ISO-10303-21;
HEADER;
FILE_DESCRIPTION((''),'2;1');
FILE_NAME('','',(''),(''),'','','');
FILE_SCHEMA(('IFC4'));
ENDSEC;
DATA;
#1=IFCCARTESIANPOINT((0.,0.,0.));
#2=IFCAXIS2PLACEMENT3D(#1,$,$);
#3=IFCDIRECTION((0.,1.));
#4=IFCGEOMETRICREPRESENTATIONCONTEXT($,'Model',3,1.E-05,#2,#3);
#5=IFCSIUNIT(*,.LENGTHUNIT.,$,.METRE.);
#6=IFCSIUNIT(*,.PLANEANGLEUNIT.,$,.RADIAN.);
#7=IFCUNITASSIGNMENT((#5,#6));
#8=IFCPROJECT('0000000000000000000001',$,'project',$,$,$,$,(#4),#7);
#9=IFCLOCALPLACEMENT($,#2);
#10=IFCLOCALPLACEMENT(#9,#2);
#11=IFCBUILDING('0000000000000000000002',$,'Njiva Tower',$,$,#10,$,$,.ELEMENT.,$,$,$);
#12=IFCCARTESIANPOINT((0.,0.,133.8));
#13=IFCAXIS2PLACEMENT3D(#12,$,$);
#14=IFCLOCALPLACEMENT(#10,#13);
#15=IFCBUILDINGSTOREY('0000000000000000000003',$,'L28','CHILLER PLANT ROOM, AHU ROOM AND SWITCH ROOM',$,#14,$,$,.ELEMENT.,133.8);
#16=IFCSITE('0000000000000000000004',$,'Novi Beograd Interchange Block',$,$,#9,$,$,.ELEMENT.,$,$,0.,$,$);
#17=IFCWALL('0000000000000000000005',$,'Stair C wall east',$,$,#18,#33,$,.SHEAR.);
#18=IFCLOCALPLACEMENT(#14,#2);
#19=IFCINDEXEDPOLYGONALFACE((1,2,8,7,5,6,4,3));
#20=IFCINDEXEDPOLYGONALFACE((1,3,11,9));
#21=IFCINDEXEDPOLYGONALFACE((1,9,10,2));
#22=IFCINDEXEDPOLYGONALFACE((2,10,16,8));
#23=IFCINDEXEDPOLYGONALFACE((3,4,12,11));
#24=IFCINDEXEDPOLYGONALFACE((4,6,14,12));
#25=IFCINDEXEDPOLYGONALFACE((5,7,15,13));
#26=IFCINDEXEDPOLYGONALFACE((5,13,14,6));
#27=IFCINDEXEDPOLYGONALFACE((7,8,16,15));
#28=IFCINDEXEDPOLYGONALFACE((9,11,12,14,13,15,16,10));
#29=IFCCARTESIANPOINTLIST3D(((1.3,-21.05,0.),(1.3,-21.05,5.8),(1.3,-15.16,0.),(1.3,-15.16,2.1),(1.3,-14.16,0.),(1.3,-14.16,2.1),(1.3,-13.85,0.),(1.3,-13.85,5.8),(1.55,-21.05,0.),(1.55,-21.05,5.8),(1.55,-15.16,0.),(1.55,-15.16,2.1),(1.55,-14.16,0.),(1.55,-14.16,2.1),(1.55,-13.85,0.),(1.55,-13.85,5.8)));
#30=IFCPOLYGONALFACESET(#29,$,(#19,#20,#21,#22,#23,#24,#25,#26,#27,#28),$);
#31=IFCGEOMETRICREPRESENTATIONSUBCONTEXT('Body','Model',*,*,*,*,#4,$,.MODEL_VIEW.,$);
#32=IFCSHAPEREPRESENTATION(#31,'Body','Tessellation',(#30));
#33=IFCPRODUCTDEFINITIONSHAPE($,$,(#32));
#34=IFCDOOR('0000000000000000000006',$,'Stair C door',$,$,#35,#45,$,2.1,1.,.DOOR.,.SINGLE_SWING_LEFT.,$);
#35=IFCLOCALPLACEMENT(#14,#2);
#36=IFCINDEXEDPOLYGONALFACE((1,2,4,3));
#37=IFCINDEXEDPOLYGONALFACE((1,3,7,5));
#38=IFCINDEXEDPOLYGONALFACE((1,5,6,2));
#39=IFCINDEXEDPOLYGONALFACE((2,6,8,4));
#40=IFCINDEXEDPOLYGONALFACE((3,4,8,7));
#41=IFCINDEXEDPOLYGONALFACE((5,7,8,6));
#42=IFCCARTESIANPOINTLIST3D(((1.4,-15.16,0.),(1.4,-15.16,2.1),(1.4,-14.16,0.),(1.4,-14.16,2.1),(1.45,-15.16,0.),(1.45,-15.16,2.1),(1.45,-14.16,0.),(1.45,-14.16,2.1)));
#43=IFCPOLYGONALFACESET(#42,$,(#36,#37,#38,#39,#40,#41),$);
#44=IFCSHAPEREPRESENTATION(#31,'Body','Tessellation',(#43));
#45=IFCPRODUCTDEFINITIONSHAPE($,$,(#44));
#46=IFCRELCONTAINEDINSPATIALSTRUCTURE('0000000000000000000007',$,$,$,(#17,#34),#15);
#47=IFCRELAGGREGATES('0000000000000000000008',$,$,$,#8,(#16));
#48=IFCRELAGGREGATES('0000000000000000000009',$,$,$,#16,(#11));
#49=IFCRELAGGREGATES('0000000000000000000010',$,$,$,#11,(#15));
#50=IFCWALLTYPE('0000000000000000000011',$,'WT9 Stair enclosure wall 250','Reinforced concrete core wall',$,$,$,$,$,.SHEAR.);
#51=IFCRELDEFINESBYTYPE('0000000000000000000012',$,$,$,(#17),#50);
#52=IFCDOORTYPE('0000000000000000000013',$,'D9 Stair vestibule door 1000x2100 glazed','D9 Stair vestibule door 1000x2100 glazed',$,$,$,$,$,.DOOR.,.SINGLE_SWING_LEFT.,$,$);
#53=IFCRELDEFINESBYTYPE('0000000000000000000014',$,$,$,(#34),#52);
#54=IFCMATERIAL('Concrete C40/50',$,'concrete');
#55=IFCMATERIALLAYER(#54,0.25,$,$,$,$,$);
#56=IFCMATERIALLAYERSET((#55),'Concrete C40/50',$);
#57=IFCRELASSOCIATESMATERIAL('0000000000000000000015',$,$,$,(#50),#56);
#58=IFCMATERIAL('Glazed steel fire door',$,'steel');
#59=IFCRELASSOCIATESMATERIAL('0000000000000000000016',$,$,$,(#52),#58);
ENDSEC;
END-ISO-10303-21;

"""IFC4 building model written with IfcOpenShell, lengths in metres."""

from ifc_helpers import new_model, si_unit, direction, frame, frame_2d, origin, place, context, subcontext, project, spatial, rectangle, extrude, material, layer, layer_set, type_object, element, fill, save


model = new_model("IFC4")

# Units and contexts
model_context = context("Model", 3, precision=1e-05, world=origin(), true_north=direction((0.0, 1.0)))
body_context = subcontext(model_context, "Body", "Model", "MODEL_VIEW")
ifc_project = project(units=[si_unit("LENGTHUNIT", "METRE"), si_unit("PLANEANGLEUNIT", "RADIAN")], contexts=[model_context])

# Site, building, storey
site_placement = place(None, origin())
site = spatial("IfcSite", under=ifc_project, at=site_placement, Name="Novi Beograd Interchange Block", CompositionType="ELEMENT", RefElevation=0.0)
building_placement = place(site_placement, origin())
building = spatial("IfcBuilding", under=site, at=building_placement, Name="Njiva Tower", CompositionType="ELEMENT")
storey_placement = place(building_placement, frame((0.0, 0.0, 133.8)))
storey = spatial("IfcBuildingStorey", under=building, at=storey_placement, Name="L28", Description="CHILLER PLANT ROOM, AHU ROOM AND SWITCH ROOM", CompositionType="ELEMENT", Elevation=133.8)

# Wall, opening, door
ifc_material_1 = material(Name="Concrete C40/50", Category="concrete")
ifc_layer_1 = layer(ifc_material_1, 0.25)
ifc_layer_set_1 = layer_set([ifc_layer_1], Name="Concrete C40/50")
wall_type_1 = type_object("IfcWallType", Name="WT9 Stair enclosure wall 250", Description="Reinforced concrete core wall", PredefinedType="SHEAR", material=ifc_layer_set_1)
wall_1_placement = place(storey_placement, frame((1.425, -21.05, 0.0), z_axis=(0.0, 0.0, 1.0), x_axis=(0.0, 1.0, 0.0)))
wall_1 = element("IfcWall", 1, at=wall_1_placement, inside=storey, type_object=wall_type_1, Name="Stair C wall east", PredefinedType="SHEAR", context=body_context, shape_type="SweptSolid", body=[
    extrude(rectangle(XDim=7.2, YDim=0.25, at=frame_2d((3.6, 0.0))), origin(), (0.0, 0.0, 1.0), 5.8),
])
opening_placement = place(wall_1_placement, frame((5.89, 0.0, 0.0)))
opening = element("IfcOpeningElement", 2, at=opening_placement, cuts=wall_1, PredefinedType="OPENING", context=body_context, shape_type="SweptSolid", body=[
    extrude(rectangle(XDim=1.0, YDim=2.1, at=frame_2d((0.5, 1.05))), frame((0.0, 0.135, 0.0), z_axis=(0.0, -1.0, 0.0), x_axis=(1.0, 0.0, 0.0)), (0.0, 0.0, 1.0), 0.27),
])
ifc_material_2 = material(Name="Glazed steel fire door", Category="steel")
door_type = type_object("IfcDoorType", Name="D9 Stair vestibule door 1000x2100 glazed", Description="D9 Stair vestibule door 1000x2100 glazed", OperationType="SINGLE_SWING_LEFT", PredefinedType="DOOR", material=ifc_material_2)
door_placement = place(opening_placement, origin())
door = element("IfcDoor", 3, at=door_placement, inside=storey, type_object=door_type, Name="Stair C door", OperationType="SINGLE_SWING_LEFT", OverallHeight=2.1, OverallWidth=1.0, PredefinedType="DOOR", context=body_context, shape_type="SweptSolid", body=[
    extrude(rectangle(XDim=1.0, YDim=2.1, at=frame_2d((0.5, 1.05))), frame((0.0, 0.025, 0.0), z_axis=(0.0, -1.0, 0.0), x_axis=(1.0, 0.0, 0.0)), (0.0, 0.0, 1.0), 0.05),
])
fill(opening, door)

save(model, "model.ifc")
